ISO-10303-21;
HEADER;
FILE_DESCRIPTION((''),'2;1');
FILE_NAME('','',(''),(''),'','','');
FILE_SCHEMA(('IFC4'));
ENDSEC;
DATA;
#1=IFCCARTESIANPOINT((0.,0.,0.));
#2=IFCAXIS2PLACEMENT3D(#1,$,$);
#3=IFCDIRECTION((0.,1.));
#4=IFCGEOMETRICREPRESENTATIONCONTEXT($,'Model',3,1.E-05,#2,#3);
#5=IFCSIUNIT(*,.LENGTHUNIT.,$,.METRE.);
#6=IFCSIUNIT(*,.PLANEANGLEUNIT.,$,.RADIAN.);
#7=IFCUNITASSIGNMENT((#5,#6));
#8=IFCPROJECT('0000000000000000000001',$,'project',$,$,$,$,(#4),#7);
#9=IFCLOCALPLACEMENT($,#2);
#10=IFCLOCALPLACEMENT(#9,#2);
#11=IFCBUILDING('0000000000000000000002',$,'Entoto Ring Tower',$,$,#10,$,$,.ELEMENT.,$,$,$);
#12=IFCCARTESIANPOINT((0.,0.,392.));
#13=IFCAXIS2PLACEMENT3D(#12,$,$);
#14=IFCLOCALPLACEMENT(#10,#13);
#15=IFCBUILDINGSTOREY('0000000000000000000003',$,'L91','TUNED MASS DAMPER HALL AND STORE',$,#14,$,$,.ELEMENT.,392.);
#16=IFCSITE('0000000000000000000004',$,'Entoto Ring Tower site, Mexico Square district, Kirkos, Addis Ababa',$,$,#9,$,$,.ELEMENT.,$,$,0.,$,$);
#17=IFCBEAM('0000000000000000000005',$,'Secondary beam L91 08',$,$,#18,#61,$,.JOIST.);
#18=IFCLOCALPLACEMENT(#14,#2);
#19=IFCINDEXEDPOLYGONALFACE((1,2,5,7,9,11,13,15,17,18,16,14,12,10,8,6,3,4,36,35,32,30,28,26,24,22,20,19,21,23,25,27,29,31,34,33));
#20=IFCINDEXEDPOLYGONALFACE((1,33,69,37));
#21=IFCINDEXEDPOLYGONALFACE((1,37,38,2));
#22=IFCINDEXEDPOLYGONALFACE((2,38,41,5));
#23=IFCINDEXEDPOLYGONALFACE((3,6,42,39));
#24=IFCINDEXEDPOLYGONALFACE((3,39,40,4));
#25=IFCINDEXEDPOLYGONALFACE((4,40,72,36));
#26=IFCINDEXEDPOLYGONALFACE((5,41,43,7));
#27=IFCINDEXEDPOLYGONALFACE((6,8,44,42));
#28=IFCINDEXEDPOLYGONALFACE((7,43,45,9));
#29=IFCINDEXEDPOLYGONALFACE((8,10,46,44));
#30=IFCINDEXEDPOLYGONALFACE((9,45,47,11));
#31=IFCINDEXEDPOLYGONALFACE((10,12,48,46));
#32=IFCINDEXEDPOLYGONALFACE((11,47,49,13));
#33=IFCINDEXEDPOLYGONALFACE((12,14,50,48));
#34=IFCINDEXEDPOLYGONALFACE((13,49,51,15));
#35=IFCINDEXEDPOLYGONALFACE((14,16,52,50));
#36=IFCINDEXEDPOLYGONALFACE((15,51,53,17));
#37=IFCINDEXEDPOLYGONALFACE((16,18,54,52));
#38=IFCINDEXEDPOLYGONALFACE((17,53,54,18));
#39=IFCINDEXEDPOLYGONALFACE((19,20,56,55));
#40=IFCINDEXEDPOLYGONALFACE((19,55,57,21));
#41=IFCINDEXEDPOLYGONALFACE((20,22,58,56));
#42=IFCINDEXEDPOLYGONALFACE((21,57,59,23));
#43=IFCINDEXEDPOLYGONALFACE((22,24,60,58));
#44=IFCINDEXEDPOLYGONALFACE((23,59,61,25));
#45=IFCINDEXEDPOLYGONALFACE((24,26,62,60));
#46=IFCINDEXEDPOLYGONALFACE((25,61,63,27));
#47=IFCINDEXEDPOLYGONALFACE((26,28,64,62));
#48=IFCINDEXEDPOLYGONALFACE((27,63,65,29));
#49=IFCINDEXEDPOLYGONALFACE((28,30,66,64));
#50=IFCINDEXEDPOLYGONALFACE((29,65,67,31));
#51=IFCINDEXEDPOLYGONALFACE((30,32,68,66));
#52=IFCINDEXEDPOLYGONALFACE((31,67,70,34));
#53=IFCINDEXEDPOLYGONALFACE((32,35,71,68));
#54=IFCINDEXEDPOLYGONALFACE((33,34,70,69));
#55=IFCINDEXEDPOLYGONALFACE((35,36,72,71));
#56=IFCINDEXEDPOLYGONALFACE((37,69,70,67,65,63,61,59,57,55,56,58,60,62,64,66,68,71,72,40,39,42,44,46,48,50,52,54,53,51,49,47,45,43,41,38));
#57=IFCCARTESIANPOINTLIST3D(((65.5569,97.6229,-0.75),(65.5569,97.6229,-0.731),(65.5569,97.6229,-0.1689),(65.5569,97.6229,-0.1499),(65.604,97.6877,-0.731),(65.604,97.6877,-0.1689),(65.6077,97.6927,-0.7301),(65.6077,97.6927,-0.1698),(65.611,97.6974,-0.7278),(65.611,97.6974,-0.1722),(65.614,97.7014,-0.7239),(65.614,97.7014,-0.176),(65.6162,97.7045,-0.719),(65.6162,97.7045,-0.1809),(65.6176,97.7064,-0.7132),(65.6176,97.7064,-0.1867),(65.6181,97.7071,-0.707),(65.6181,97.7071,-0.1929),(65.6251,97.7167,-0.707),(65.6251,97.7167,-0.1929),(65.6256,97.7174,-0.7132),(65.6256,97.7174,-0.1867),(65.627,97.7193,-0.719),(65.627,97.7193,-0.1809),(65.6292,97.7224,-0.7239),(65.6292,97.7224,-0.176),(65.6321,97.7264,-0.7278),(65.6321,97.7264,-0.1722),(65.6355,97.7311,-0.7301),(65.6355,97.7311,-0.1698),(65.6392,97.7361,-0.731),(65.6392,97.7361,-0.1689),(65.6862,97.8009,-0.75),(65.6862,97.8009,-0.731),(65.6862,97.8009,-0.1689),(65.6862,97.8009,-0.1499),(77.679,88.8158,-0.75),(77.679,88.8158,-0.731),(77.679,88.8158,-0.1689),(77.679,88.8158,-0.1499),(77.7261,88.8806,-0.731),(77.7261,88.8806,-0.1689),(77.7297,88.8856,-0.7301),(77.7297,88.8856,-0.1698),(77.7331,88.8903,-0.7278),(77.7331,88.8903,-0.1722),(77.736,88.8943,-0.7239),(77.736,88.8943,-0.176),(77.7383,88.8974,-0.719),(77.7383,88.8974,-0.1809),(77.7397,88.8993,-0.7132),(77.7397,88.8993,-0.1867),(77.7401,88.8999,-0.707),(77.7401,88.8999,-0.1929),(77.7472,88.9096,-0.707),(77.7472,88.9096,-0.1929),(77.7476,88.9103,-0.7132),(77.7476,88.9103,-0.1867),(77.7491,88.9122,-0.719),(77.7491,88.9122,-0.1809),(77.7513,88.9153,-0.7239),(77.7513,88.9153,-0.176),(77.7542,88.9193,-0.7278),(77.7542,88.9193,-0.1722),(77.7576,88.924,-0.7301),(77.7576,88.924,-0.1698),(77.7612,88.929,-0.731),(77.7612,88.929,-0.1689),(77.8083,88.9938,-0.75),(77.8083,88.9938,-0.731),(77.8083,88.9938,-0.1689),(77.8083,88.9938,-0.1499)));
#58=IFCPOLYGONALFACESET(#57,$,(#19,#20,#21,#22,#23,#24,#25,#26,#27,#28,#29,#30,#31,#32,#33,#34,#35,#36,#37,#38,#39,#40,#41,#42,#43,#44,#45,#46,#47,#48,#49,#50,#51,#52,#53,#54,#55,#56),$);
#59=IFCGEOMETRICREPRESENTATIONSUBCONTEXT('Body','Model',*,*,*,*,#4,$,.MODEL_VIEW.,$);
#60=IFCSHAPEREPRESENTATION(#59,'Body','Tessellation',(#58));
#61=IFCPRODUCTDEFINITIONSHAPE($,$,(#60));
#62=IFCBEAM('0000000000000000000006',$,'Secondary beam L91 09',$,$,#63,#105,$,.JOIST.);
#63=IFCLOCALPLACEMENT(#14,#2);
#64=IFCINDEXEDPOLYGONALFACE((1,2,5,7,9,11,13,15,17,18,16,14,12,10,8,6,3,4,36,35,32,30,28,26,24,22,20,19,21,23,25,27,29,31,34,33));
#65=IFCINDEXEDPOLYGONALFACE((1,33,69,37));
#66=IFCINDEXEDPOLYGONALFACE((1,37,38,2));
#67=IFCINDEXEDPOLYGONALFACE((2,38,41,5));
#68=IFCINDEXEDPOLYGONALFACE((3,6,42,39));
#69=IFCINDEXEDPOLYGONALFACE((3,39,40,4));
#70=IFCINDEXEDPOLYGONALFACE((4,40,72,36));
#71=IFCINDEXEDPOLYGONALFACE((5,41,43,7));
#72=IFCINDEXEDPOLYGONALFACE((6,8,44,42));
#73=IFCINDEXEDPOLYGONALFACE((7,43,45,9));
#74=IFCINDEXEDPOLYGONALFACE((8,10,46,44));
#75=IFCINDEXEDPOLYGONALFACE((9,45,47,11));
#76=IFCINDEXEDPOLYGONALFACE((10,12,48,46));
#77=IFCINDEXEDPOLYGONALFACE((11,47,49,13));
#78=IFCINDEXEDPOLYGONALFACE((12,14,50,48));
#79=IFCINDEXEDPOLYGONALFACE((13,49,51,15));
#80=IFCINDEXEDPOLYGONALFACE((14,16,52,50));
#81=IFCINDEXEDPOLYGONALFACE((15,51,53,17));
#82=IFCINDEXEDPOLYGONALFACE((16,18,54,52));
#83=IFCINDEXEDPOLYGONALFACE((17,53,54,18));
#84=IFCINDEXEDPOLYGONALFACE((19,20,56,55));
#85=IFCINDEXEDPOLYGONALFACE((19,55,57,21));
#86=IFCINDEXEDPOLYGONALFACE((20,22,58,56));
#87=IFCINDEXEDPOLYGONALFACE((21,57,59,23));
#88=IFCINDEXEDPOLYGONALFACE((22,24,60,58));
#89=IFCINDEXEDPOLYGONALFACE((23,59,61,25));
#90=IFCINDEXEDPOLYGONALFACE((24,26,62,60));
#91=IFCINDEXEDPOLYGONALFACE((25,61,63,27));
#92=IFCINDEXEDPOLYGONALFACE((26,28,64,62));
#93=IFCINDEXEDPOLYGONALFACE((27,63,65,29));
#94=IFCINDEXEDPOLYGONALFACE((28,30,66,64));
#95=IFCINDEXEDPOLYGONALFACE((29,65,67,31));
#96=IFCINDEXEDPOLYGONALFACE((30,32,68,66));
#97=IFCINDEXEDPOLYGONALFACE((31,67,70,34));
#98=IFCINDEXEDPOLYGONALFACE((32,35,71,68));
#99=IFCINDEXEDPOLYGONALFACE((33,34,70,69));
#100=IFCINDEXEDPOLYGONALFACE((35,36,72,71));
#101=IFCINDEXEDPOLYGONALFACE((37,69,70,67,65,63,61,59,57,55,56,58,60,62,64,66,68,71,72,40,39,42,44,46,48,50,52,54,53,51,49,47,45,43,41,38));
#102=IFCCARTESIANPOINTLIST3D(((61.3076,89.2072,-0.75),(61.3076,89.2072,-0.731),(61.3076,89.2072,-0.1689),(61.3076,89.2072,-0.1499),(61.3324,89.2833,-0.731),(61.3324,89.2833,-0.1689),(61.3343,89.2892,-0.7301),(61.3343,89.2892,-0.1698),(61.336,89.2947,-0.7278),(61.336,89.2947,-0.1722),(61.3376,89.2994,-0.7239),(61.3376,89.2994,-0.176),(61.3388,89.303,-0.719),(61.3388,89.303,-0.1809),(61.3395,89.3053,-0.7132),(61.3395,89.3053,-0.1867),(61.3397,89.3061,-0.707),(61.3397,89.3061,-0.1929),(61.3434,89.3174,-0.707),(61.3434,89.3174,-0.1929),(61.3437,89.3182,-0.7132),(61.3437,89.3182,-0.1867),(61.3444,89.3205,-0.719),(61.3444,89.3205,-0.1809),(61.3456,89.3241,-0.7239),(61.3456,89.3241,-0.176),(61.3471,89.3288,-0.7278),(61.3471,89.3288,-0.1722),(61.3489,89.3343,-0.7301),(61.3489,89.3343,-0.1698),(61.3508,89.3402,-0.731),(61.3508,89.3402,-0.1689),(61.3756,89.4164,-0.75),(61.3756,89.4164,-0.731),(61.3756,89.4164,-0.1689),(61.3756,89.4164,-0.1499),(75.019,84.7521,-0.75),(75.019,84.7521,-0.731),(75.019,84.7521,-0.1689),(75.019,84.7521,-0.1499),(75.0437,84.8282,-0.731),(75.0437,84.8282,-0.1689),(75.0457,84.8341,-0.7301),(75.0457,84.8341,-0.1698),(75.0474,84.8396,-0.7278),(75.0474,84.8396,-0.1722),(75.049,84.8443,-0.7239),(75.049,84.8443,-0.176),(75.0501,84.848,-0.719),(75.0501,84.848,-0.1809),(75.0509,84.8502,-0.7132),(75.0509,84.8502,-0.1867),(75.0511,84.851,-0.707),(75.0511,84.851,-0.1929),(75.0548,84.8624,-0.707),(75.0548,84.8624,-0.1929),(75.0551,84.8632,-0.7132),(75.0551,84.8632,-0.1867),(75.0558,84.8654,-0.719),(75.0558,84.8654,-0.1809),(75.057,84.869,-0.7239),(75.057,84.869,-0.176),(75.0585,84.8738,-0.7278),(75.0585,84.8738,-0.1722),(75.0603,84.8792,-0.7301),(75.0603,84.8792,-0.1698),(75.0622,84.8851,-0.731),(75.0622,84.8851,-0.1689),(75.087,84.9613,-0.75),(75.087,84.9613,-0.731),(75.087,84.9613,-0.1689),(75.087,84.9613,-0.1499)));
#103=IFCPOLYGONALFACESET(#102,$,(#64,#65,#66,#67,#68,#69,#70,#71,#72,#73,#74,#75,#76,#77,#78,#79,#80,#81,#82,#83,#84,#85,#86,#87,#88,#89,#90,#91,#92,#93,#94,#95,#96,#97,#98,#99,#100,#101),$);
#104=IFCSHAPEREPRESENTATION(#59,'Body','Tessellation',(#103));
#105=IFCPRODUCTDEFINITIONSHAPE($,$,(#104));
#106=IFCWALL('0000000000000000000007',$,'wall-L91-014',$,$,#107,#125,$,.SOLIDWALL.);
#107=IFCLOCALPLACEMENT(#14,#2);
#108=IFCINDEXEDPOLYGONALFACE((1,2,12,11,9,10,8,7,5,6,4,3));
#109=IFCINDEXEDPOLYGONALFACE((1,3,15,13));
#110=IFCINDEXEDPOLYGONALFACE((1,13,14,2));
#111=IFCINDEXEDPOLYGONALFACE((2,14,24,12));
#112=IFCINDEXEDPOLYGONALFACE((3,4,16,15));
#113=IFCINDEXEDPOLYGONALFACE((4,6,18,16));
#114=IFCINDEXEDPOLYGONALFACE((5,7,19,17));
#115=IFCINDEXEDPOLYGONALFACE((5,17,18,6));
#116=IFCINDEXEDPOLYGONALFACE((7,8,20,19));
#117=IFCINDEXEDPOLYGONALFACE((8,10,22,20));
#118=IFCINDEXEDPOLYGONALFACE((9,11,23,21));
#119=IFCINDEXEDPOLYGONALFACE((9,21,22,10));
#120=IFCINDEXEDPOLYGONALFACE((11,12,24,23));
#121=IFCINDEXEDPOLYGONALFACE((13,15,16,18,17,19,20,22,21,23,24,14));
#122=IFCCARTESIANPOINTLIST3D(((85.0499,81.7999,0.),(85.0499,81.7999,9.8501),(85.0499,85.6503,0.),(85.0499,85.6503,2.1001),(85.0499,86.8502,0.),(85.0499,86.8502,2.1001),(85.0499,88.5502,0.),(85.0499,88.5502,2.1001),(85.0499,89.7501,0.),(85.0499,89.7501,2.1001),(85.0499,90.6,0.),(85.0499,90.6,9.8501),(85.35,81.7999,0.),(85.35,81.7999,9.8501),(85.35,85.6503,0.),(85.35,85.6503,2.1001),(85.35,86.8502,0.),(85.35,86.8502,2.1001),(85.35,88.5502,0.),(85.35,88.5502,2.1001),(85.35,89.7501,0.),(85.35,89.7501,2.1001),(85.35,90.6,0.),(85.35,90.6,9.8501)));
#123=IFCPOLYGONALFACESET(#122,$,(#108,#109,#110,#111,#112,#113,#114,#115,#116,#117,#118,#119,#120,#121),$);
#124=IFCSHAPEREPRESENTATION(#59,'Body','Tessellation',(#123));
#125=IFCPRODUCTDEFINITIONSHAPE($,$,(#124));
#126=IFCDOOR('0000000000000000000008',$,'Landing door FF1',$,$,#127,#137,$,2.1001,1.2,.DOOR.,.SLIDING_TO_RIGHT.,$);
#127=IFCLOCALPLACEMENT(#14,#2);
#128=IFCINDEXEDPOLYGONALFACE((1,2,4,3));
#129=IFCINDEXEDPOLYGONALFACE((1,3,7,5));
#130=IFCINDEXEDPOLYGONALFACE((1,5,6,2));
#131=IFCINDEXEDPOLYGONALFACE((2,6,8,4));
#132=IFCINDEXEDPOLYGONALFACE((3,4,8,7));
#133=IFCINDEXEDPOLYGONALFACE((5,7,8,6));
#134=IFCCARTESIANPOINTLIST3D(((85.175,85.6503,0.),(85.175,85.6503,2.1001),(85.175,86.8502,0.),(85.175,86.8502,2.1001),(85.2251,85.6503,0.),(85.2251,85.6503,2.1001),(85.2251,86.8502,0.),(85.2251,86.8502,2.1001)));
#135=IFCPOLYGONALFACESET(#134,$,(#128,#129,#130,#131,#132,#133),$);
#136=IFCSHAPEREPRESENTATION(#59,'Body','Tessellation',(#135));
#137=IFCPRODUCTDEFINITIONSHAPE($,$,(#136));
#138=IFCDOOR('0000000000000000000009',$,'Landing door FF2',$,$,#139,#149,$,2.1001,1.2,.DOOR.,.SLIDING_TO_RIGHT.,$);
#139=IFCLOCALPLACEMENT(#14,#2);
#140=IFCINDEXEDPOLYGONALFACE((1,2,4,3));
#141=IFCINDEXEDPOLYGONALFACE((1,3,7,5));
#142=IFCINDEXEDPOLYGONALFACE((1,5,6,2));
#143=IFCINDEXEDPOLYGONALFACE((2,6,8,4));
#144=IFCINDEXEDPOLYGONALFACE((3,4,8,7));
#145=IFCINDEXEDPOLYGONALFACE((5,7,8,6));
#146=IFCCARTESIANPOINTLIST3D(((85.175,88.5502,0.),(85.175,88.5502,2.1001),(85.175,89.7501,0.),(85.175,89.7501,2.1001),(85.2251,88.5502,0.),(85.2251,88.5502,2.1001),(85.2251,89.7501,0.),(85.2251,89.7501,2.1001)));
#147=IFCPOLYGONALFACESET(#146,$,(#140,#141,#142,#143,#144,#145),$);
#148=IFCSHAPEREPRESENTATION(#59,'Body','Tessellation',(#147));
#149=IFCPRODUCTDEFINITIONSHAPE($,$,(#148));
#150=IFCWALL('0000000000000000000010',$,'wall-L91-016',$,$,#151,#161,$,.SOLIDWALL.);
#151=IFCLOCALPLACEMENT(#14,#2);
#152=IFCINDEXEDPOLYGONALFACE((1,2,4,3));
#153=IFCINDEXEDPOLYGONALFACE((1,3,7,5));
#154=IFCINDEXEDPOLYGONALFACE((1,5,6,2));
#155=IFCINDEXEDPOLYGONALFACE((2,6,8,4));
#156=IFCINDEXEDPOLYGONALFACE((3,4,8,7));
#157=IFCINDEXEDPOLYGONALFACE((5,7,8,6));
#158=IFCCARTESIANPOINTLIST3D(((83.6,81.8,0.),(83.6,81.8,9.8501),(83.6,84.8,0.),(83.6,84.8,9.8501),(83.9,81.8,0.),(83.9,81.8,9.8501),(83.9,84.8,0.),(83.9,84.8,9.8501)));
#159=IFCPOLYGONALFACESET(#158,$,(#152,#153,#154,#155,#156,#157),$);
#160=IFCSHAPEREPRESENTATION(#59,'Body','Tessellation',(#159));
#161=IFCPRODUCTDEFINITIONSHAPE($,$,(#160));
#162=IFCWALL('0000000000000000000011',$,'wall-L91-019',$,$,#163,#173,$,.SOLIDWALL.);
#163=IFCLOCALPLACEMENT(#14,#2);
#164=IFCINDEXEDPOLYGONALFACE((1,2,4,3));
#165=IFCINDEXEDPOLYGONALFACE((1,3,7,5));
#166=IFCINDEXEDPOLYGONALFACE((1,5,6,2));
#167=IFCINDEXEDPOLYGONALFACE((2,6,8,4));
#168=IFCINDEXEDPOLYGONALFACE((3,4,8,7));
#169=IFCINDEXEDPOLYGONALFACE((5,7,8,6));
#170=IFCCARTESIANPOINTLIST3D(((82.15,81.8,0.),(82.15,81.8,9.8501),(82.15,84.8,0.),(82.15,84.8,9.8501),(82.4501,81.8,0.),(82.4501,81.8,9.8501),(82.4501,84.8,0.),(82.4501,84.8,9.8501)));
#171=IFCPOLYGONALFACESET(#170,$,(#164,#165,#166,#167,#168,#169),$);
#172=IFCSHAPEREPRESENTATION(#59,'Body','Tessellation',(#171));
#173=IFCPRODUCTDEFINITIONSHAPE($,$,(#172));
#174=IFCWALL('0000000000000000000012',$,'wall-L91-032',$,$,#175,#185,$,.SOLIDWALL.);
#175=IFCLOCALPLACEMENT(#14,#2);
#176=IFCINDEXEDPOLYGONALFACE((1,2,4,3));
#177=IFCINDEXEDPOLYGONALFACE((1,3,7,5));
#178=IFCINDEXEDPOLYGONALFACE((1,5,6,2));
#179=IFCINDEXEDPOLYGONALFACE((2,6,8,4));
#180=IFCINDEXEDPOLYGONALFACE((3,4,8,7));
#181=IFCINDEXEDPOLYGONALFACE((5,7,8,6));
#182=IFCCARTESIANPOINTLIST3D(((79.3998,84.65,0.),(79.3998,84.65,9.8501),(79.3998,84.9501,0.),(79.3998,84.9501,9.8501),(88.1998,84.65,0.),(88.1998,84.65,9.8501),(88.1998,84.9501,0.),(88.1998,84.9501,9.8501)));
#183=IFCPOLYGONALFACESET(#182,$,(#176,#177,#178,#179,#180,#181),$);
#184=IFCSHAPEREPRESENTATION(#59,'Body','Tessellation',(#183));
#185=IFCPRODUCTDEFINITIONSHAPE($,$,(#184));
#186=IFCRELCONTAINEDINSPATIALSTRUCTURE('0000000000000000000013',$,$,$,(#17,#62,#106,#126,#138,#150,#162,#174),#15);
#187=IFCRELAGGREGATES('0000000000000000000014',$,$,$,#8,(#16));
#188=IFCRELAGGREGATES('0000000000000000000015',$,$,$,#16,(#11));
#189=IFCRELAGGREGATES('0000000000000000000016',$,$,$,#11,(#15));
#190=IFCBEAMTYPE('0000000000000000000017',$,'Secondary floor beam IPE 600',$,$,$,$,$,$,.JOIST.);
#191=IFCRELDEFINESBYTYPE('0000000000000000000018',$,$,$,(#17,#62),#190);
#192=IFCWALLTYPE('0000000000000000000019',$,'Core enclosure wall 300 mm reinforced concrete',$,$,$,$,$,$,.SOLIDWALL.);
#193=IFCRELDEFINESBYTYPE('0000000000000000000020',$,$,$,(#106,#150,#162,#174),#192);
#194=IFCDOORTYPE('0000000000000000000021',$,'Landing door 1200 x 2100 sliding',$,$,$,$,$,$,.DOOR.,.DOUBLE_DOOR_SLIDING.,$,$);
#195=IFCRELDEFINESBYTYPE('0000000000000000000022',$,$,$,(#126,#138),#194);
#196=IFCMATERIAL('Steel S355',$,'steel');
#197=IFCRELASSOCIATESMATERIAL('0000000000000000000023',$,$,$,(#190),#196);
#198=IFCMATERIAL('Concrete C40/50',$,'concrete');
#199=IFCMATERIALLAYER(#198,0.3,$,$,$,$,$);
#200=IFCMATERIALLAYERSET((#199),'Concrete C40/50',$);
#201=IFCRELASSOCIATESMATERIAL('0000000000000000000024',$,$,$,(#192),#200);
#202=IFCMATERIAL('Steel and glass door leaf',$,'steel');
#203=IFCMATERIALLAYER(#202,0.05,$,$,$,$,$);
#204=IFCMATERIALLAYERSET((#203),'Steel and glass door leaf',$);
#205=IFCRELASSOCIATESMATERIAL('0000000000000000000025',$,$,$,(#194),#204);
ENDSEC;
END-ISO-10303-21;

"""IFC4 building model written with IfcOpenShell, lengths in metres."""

from ifc_helpers import new_model, si_unit, direction, frame, frame_2d, origin, origin_2d, place, context, subcontext, project, spatial, rectangle, i_section, extrude, material, layer, layer_set, material_profile, profile_set, type_object, element, fill, save


model = new_model("IFC4")

# Units and contexts
model_context = context("Model", 3, precision=1e-05, world=origin(), true_north=direction((0.0, 1.0)))
body_context = subcontext(model_context, "Body", "Model", "MODEL_VIEW")
ifc_project = project(units=[si_unit("LENGTHUNIT", "METRE"), si_unit("PLANEANGLEUNIT", "RADIAN")], contexts=[model_context])

# Site, building, storey
site_placement = place(None, origin())
site = spatial("IfcSite", under=ifc_project, at=site_placement, Name="Entoto Ring Tower site, Mexico Square district, Kirkos, Addis Ababa", CompositionType="ELEMENT", RefElevation=0.0)
building_placement = place(site_placement, origin())
building = spatial("IfcBuilding", under=site, at=building_placement, Name="Entoto Ring Tower", CompositionType="ELEMENT")
storey_placement = place(building_placement, frame((0.0, 0.0, 392.0)))
storey = spatial("IfcBuildingStorey", under=building, at=storey_placement, Name="L91", Description="TUNED MASS DAMPER HALL AND STORE", CompositionType="ELEMENT", Elevation=392.0)

# Beams
ifc_material_1 = material(Name="Steel S355", Category="steel")
ifc_material_profile_1 = material_profile(ifc_material_1, i_section(OverallWidth=0.22, OverallDepth=0.6001, WebThickness=0.012, FlangeThickness=0.019, FilletRadius=0.0239, at=origin_2d()), Name="IPE 600")
ifc_profile_set_1 = profile_set([ifc_material_profile_1], Name="Steel S355")
beam_type_1 = type_object("IfcBeamType", Name="Secondary floor beam IPE 600", PredefinedType="JOIST", material=ifc_profile_set_1)
beam_1_placement = place(storey_placement, frame((77.7437, 88.9048, -0.45), z_axis=(-0.809019, 0.587782, 0.0), x_axis=(-0.587782, -0.809019, 0.0)))
element("IfcBeam", 1, at=beam_1_placement, inside=storey, type_object=beam_type_1, Name="Secondary beam L91 08", PredefinedType="JOIST", context=body_context, shape_type="SweptSolid", body=[
    extrude(i_section(OverallWidth=0.22, OverallDepth=0.6001, WebThickness=0.012, FlangeThickness=0.019, FilletRadius=0.0239, at=origin_2d()), origin(), (0.0, 0.0, 1.0), 14.9836),
])
beam_2_placement = place(storey_placement, frame((75.053, 84.8567, -0.45), z_axis=(-0.951057, 0.309015, 0.0), x_axis=(-0.309015, -0.951057, 0.0)))
element("IfcBeam", 2, at=beam_2_placement, inside=storey, type_object=beam_type_1, Name="Secondary beam L91 09", PredefinedType="JOIST", context=body_context, shape_type="SweptSolid", body=[
    extrude(i_section(OverallWidth=0.22, OverallDepth=0.6001, WebThickness=0.012, FlangeThickness=0.019, FilletRadius=0.0239, at=origin_2d()), origin(), (0.0, 0.0, 1.0), 14.417),
])

# Wall, openings, doors
ifc_material_2 = material(Name="Concrete C40/50", Category="concrete")
ifc_layer_1 = layer(ifc_material_2, 0.3)
ifc_layer_set_1 = layer_set([ifc_layer_1], Name="Concrete C40/50")
wall_type_1 = type_object("IfcWallType", Name="Core enclosure wall 300 mm reinforced concrete", PredefinedType="SOLIDWALL", material=ifc_layer_set_1)
wall_1_placement = place(storey_placement, frame((85.2, 81.8, 0.0), z_axis=(0.0, 0.0, 1.0), x_axis=(0.0, 1.0, 0.0)))
wall_1 = element("IfcWall", 3, at=wall_1_placement, inside=storey, type_object=wall_type_1, Name="wall-L91-014", PredefinedType="SOLIDWALL", context=body_context, shape_type="SweptSolid", body=[
    extrude(rectangle(XDim=8.8, YDim=0.3, at=frame_2d((4.3999, 0.0))), origin(), (0.0, 0.0, 1.0), 9.8501),
])
opening_1_placement = place(wall_1_placement, frame((3.8501, 0.0, 0.0)))
opening_1 = element("IfcOpeningElement", 4, at=opening_1_placement, cuts=wall_1, PredefinedType="OPENING", context=body_context, shape_type="SweptSolid", body=[
    extrude(rectangle(XDim=1.2, YDim=2.1001, at=frame_2d((0.6001, 1.05))), frame((0.0, 0.1602, 0.0), z_axis=(0.0, -1.0, 0.0), x_axis=(1.0, 0.0, 0.0)), (0.0, 0.0, 1.0), 0.3201),
])
opening_2_placement = place(wall_1_placement, frame((6.75, 0.0, 0.0)))
opening_2 = element("IfcOpeningElement", 5, at=opening_2_placement, cuts=wall_1, PredefinedType="OPENING", context=body_context, shape_type="SweptSolid", body=[
    extrude(rectangle(XDim=1.2, YDim=2.1001, at=frame_2d((0.6001, 1.05))), frame((0.0, 0.1602, 0.0), z_axis=(0.0, -1.0, 0.0), x_axis=(1.0, 0.0, 0.0)), (0.0, 0.0, 1.0), 0.3201),
])
ifc_material_3 = material(Name="Steel and glass door leaf", Category="steel")
ifc_layer_2 = layer(ifc_material_3, 0.05)
ifc_layer_set_2 = layer_set([ifc_layer_2], Name="Steel and glass door leaf")
door_type_1 = type_object("IfcDoorType", Name="Landing door 1200 x 2100 sliding", OperationType="DOUBLE_DOOR_SLIDING", PredefinedType="DOOR", material=ifc_layer_set_2)
door_1_placement = place(opening_1_placement, origin())
door_1 = element("IfcDoor", 6, at=door_1_placement, inside=storey, type_object=door_type_1, Name="Landing door FF1", OperationType="SLIDING_TO_RIGHT", OverallHeight=2.1001, OverallWidth=1.2, PredefinedType="DOOR", context=body_context, shape_type="SweptSolid", body=[
    extrude(rectangle(XDim=1.2, YDim=2.1001, at=frame_2d((0.6001, 1.05))), frame((0.0, 0.0249, 0.0), z_axis=(0.0, -1.0, 0.0), x_axis=(1.0, 0.0, 0.0)), (0.0, 0.0, 1.0), 0.05),
])
fill(opening_1, door_1)
door_2_placement = place(opening_2_placement, origin())
door_2 = element("IfcDoor", 7, at=door_2_placement, inside=storey, type_object=door_type_1, Name="Landing door FF2", OperationType="SLIDING_TO_RIGHT", OverallHeight=2.1001, OverallWidth=1.2, PredefinedType="DOOR", context=body_context, shape_type="SweptSolid", body=[
    extrude(rectangle(XDim=1.2, YDim=2.1001, at=frame_2d((0.6001, 1.05))), frame((0.0, 0.0249, 0.0), z_axis=(0.0, -1.0, 0.0), x_axis=(1.0, 0.0, 0.0)), (0.0, 0.0, 1.0), 0.05),
])
fill(opening_2, door_2)

# Walls
for number, where, z_axis, x_axis, name in (
    (8, (83.75, 81.8, 0.0), (0.0, 0.0, 1.0), (0.0, 1.0, 0.0), "wall-L91-016"),
    (9, (82.3, 81.8, 0.0), (0.0, 0.0, 1.0), (0.0, 1.0, 0.0), "wall-L91-019"),
):
    element("IfcWall", number, at=place(storey_placement, frame(where, z_axis=z_axis, x_axis=x_axis)), inside=storey, type_object=wall_type_1, Name=name, PredefinedType="SOLIDWALL", context=body_context, shape_type="SweptSolid", body=[
        extrude(rectangle(XDim=3.0, YDim=0.3, at=frame_2d((1.5, 0.0))), origin(), (0.0, 0.0, 1.0), 9.8501),
    ])
wall_2_placement = place(storey_placement, frame((79.3999, 84.8, 0.0), z_axis=(0.0, 0.0, 1.0), x_axis=(1.0, 0.0, 0.0)))
element("IfcWall", 10, at=wall_2_placement, inside=storey, type_object=wall_type_1, Name="wall-L91-032", PredefinedType="SOLIDWALL", context=body_context, shape_type="SweptSolid", body=[
    extrude(rectangle(XDim=8.8, YDim=0.3, at=frame_2d((4.3999, 0.0))), origin(), (0.0, 0.0, 1.0), 9.8501),
])

save(model, "model.ifc")
